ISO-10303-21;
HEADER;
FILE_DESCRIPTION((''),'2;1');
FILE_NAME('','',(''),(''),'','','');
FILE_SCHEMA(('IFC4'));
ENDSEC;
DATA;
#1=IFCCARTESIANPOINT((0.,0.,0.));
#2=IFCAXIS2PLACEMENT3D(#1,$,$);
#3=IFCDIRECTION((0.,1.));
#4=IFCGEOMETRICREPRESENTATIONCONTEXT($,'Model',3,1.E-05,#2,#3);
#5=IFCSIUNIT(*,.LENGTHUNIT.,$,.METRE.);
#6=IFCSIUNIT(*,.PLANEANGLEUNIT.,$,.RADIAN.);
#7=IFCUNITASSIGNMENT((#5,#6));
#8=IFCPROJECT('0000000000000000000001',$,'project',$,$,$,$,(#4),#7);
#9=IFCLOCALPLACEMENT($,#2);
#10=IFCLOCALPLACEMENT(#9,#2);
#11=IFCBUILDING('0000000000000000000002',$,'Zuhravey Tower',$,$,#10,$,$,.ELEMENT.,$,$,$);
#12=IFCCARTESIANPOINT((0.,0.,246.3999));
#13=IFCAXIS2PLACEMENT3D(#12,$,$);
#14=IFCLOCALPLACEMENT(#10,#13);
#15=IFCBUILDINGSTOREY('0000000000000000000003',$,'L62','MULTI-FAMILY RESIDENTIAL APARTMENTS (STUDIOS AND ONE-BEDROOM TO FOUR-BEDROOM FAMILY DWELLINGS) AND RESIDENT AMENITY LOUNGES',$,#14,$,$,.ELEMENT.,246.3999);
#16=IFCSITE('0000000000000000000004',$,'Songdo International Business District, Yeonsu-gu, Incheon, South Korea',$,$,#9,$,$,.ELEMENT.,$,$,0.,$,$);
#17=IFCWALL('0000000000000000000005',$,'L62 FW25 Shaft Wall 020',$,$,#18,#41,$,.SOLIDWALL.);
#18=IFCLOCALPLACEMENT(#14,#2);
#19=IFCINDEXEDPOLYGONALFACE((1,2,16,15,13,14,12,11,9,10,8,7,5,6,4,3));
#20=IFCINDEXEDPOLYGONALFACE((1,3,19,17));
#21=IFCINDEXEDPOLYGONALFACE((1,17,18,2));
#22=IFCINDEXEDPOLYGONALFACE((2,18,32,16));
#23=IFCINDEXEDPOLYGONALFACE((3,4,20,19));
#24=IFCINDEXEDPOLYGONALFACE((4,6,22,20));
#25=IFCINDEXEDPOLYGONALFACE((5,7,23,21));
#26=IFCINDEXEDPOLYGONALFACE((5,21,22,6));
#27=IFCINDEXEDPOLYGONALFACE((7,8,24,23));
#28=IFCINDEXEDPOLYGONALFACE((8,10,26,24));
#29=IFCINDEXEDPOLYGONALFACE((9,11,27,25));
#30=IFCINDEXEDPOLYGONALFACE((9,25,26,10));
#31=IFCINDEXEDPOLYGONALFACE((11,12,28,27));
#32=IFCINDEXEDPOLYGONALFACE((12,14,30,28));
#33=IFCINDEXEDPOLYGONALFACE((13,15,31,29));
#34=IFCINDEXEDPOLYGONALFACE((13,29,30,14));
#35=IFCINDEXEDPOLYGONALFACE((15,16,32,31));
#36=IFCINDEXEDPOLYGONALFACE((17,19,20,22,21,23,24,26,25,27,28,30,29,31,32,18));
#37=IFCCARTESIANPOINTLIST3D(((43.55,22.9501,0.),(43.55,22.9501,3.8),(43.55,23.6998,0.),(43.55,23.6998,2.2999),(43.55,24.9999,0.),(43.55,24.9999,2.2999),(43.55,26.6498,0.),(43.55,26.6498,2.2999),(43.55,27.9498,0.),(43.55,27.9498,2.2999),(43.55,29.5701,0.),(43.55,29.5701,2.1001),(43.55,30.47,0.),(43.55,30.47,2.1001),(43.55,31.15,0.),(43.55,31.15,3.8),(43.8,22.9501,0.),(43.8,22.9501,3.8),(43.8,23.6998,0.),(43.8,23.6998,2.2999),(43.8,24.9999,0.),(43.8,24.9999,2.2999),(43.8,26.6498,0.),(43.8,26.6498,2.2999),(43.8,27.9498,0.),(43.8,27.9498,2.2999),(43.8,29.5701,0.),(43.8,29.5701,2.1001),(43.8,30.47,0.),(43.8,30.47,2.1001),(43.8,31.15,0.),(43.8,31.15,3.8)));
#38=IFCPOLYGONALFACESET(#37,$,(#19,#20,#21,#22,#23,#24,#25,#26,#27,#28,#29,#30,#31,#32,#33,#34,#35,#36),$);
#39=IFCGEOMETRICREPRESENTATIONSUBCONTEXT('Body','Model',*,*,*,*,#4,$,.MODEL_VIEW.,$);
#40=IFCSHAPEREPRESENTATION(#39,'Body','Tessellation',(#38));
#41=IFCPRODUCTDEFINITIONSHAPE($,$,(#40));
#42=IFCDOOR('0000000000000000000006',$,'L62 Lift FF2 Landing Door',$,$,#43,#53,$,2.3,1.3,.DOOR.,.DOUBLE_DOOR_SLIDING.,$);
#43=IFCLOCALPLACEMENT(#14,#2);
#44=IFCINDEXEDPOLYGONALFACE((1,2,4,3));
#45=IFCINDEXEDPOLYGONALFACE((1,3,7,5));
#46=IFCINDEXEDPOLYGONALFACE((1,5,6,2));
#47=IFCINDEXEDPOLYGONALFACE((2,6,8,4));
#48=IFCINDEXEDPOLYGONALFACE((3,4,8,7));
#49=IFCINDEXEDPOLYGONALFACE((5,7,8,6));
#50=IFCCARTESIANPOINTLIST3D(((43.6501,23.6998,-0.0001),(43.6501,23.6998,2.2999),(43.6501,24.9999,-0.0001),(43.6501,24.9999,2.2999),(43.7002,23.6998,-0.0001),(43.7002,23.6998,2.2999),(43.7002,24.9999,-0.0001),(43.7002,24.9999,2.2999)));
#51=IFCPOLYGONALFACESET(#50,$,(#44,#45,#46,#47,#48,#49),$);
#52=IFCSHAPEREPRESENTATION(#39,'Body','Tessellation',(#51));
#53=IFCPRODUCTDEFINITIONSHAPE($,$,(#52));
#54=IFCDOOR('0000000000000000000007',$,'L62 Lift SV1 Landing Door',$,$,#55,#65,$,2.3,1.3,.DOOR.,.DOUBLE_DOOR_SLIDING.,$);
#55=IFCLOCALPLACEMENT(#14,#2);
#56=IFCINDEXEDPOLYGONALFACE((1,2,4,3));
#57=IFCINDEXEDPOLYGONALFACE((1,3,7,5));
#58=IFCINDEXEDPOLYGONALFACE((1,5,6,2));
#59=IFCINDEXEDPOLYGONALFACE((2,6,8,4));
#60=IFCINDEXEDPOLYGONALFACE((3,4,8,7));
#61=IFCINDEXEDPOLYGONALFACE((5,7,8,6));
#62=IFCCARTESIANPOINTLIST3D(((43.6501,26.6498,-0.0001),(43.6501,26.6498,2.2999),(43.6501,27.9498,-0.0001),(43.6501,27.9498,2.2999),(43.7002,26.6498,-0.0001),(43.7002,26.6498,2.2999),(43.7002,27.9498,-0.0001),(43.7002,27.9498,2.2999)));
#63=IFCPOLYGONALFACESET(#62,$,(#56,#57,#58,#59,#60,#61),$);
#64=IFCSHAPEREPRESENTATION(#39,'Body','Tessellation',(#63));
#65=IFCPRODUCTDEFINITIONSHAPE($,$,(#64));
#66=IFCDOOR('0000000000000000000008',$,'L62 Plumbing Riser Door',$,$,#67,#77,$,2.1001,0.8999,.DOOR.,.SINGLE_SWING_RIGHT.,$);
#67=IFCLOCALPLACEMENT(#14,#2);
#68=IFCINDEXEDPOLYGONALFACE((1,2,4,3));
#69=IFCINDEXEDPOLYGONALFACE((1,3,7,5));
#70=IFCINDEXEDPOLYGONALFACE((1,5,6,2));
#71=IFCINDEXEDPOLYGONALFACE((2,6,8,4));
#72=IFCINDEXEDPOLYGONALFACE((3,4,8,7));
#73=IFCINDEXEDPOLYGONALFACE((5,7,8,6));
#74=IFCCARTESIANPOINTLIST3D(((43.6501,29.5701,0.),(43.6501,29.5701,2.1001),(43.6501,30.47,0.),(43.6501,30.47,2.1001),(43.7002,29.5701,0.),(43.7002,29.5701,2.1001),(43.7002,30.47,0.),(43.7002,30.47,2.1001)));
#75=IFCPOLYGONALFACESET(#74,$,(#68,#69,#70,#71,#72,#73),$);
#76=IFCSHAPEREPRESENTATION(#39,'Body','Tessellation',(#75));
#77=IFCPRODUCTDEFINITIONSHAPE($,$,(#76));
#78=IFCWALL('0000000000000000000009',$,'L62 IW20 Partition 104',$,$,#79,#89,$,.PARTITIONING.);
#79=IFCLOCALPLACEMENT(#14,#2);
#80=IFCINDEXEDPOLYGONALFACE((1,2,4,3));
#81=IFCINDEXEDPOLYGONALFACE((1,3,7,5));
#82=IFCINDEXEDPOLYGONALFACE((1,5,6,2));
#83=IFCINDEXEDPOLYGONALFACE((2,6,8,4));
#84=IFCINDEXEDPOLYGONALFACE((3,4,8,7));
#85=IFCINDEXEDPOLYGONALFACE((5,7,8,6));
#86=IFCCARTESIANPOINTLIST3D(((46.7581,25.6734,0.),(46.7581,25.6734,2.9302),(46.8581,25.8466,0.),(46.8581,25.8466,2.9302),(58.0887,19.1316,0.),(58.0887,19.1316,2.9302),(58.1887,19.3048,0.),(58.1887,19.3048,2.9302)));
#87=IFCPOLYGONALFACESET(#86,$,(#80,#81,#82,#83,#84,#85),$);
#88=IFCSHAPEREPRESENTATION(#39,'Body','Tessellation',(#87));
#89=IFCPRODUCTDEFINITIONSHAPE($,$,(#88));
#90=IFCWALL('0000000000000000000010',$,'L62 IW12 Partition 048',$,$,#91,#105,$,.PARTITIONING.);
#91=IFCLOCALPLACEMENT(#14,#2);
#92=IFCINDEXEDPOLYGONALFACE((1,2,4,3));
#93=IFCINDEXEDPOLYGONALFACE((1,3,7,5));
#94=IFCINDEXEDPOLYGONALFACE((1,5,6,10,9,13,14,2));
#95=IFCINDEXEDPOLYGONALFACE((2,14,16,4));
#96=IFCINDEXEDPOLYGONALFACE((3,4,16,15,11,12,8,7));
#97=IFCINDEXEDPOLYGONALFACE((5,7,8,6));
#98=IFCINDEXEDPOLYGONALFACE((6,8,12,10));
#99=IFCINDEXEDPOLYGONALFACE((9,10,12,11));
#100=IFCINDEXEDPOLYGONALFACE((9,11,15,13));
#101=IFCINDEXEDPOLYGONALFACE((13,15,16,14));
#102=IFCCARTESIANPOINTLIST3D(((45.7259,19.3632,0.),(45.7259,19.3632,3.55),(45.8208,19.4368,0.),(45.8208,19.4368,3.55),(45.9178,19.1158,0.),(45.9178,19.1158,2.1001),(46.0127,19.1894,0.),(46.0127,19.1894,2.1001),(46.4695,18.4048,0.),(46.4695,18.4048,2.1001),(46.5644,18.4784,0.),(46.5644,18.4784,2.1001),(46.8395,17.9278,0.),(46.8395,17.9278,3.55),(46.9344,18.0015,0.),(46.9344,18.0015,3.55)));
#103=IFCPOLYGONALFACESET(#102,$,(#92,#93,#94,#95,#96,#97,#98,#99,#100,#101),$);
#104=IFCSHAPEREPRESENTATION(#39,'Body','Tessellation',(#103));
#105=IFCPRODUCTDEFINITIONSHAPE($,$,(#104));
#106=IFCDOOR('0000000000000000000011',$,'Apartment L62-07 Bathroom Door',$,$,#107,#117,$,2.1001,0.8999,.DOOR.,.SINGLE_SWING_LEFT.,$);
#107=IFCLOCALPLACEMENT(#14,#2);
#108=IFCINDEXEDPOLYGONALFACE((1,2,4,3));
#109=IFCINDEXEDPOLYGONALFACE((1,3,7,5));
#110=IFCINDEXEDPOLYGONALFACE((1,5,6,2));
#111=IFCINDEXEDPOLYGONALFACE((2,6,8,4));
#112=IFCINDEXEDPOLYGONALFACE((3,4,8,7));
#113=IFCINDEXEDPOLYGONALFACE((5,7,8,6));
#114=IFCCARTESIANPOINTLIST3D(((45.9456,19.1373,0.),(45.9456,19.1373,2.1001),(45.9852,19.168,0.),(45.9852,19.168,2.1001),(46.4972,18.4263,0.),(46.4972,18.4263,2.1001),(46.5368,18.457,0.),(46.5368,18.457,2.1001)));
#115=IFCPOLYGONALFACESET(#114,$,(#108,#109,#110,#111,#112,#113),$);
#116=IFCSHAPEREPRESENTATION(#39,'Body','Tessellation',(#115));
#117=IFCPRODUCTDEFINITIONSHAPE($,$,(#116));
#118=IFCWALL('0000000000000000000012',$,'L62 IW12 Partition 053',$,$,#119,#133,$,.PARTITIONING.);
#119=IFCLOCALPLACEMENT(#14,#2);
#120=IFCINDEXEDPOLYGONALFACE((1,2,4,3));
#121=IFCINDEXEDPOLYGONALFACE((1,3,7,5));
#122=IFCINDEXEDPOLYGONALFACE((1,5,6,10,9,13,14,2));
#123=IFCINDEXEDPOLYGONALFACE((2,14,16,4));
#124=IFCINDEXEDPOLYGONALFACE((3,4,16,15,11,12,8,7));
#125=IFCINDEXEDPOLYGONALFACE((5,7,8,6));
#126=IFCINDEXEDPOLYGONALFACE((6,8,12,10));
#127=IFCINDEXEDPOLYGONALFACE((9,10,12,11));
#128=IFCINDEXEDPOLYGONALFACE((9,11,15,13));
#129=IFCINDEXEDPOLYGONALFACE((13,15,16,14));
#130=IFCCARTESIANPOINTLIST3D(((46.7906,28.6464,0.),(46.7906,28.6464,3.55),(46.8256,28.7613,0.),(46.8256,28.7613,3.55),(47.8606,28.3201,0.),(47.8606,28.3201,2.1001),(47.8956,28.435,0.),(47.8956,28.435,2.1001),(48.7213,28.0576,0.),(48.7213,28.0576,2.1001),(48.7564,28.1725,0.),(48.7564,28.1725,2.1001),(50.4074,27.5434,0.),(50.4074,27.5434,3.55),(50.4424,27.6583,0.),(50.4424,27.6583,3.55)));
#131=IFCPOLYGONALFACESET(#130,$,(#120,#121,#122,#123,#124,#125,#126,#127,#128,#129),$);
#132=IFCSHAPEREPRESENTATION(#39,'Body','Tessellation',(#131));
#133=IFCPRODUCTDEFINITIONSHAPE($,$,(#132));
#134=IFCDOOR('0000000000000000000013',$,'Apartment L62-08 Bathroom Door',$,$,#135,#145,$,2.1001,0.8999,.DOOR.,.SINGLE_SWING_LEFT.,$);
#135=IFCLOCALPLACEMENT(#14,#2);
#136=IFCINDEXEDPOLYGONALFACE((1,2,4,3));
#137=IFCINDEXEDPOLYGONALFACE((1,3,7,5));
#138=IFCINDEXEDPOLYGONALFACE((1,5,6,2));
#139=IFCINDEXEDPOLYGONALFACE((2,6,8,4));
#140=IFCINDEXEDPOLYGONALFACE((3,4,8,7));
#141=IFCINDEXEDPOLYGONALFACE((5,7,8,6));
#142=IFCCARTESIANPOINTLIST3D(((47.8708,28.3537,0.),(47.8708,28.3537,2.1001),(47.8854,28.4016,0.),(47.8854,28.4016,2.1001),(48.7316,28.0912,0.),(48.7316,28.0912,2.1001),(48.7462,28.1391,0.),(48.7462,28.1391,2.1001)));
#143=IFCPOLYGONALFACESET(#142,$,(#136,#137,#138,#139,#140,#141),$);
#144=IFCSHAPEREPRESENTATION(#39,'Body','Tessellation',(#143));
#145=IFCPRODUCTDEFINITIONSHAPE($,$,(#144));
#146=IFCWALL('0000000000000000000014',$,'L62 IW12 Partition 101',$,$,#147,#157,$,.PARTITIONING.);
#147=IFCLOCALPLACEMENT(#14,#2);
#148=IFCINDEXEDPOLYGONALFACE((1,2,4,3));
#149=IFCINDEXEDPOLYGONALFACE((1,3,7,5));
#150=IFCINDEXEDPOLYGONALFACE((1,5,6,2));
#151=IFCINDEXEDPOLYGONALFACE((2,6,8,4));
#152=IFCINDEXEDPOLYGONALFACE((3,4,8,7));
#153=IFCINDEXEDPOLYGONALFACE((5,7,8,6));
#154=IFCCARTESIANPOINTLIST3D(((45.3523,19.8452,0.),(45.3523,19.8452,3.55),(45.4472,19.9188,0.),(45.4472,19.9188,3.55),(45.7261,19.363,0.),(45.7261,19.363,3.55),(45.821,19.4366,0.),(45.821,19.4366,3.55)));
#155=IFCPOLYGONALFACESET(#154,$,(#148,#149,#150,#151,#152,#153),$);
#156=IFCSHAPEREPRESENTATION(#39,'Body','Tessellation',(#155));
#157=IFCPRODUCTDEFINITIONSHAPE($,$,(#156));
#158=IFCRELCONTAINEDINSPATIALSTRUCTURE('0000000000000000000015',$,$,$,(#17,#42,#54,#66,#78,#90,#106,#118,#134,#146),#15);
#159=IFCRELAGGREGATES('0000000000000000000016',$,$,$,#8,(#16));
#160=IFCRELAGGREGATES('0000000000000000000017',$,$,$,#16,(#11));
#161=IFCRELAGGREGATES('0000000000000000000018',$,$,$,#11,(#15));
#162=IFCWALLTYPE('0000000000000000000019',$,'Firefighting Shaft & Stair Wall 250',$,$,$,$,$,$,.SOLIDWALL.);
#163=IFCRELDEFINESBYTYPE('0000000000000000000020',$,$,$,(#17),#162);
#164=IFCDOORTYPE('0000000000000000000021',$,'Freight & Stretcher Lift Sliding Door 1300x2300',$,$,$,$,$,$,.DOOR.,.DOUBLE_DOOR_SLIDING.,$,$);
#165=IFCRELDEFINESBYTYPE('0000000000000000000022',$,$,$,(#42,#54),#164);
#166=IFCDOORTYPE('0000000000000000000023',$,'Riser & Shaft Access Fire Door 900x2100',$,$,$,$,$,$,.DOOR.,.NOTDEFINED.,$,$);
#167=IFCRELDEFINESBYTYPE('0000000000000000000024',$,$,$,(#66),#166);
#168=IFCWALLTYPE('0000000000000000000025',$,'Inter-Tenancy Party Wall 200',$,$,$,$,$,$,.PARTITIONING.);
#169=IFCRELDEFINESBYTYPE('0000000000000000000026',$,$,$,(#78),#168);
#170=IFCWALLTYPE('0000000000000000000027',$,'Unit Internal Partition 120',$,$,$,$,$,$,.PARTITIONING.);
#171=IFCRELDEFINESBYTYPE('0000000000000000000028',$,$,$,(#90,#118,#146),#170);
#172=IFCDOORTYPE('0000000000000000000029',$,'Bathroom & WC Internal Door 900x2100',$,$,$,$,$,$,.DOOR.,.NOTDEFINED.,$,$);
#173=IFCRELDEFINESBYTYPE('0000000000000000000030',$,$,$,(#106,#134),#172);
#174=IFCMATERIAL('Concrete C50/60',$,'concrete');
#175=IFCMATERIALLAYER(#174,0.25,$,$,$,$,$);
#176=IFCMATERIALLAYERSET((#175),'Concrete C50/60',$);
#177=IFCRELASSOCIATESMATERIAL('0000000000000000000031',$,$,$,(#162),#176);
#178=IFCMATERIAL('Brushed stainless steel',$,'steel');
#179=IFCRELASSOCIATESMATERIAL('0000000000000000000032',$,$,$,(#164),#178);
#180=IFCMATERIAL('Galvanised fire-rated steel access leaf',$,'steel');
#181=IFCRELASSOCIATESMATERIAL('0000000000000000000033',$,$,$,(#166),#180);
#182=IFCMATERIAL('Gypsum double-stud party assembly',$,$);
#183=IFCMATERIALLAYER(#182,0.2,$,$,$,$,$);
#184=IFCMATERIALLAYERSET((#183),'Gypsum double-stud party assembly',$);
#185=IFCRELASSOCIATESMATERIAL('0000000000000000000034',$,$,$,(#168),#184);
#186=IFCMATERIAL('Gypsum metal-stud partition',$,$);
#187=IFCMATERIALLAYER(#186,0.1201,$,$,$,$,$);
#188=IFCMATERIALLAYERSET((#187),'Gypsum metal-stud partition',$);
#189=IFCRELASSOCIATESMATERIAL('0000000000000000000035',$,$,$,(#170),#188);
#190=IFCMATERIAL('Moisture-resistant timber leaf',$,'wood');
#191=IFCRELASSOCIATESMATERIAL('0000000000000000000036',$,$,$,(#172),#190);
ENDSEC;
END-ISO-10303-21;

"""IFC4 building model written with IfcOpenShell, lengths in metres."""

from ifc_helpers import new_model, si_unit, direction, frame, frame_2d, origin, place, context, subcontext, project, spatial, rectangle, extrude, material, layer, layer_set, type_object, element, fill, save


model = new_model("IFC4")

# Units and contexts
model_context = context("Model", 3, precision=1e-05, world=origin(), true_north=direction((0.0, 1.0)))
body_context = subcontext(model_context, "Body", "Model", "MODEL_VIEW")
ifc_project = project(units=[si_unit("LENGTHUNIT", "METRE"), si_unit("PLANEANGLEUNIT", "RADIAN")], contexts=[model_context])

# Site, building, storey
site_placement = place(None, origin())
site = spatial("IfcSite", under=ifc_project, at=site_placement, Name="Songdo International Business District, Yeonsu-gu, Incheon, South Korea", CompositionType="ELEMENT", RefElevation=0.0)
building_placement = place(site_placement, origin())
building = spatial("IfcBuilding", under=site, at=building_placement, Name="Zuhravey Tower", CompositionType="ELEMENT")
storey_placement = place(building_placement, frame((0.0, 0.0, 246.3999)))
storey = spatial("IfcBuildingStorey", under=building, at=storey_placement, Name="L62", Description="MULTI-FAMILY RESIDENTIAL APARTMENTS (STUDIOS AND ONE-BEDROOM TO FOUR-BEDROOM FAMILY DWELLINGS) AND RESIDENT AMENITY LOUNGES", CompositionType="ELEMENT", Elevation=246.3999)

# Shared definitions
ifc_material_1 = material(Name="Concrete C50/60", Category="concrete")

# Shared definitions
ifc_layer_1 = layer(ifc_material_1, 0.25)
ifc_layer_set_1 = layer_set([ifc_layer_1], Name="Concrete C50/60")
wall_type_1 = type_object("IfcWallType", Name="Firefighting Shaft & Stair Wall 250", PredefinedType="SOLIDWALL", material=ifc_layer_set_1)

# Wall, openings, doors
wall_1_placement = place(storey_placement, frame((43.675, 22.95, 0.0), z_axis=(0.0, 0.0, 1.0), x_axis=(0.0, 1.0, 0.0)))
wall_1 = element("IfcWall", 1, at=wall_1_placement, inside=storey, type_object=wall_type_1, Name="L62 FW25 Shaft Wall 020", PredefinedType="SOLIDWALL", context=body_context, shape_type="SweptSolid", body=[
    extrude(rectangle(XDim=8.2, YDim=0.25, at=frame_2d((4.1001, 0.0))), origin(), (0.0, 0.0, 1.0), 3.8),
])
opening_1_placement = place(wall_1_placement, frame((0.75, 0.0, 0.0)))
opening_1 = element("IfcOpeningElement", 2, at=opening_1_placement, cuts=wall_1, PredefinedType="OPENING", context=body_context, shape_type="SweptSolid", body=[
    extrude(rectangle(XDim=1.3, YDim=2.3, at=frame_2d((0.6499, 1.1499))), frame((0.0, 0.137, 0.0), z_axis=(0.0, -1.0, 0.0), x_axis=(1.0, 0.0, 0.0)), (0.0, 0.0, 1.0), 0.2739),
])
opening_2_placement = place(wall_1_placement, frame((3.7, 0.0, 0.0)))
opening_2 = element("IfcOpeningElement", 3, at=opening_2_placement, cuts=wall_1, PredefinedType="OPENING", context=body_context, shape_type="SweptSolid", body=[
    extrude(rectangle(XDim=1.3, YDim=2.3, at=frame_2d((0.6499, 1.1499))), frame((0.0, 0.137, 0.0), z_axis=(0.0, -1.0, 0.0), x_axis=(1.0, 0.0, 0.0)), (0.0, 0.0, 1.0), 0.2739),
])
opening_3_placement = place(wall_1_placement, frame((6.6201, 0.0, 0.0)))
opening_3 = element("IfcOpeningElement", 4, at=opening_3_placement, cuts=wall_1, PredefinedType="OPENING", context=body_context, shape_type="SweptSolid", body=[
    extrude(rectangle(XDim=0.8999, YDim=2.1001, at=frame_2d((0.45, 1.05))), frame((0.0, 0.137, 0.0), z_axis=(0.0, -1.0, 0.0), x_axis=(1.0, 0.0, 0.0)), (0.0, 0.0, 1.0), 0.2739),
])
ifc_material_2 = material(Name="Brushed stainless steel", Category="steel")
door_type_1 = type_object("IfcDoorType", Name="Freight & Stretcher Lift Sliding Door 1300x2300", OperationType="DOUBLE_DOOR_SLIDING", PredefinedType="DOOR", material=ifc_material_2)
door_1_placement = place(opening_1_placement, origin())
door_1 = element("IfcDoor", 5, at=door_1_placement, inside=storey, type_object=door_type_1, Name="L62 Lift FF2 Landing Door", OperationType="DOUBLE_DOOR_SLIDING", OverallHeight=2.3, OverallWidth=1.3, PredefinedType="DOOR", context=body_context, shape_type="SweptSolid", body=[
    extrude(rectangle(XDim=1.3, YDim=2.3, at=frame_2d((0.6499, 1.1499))), frame((0.0, 0.0249, 0.0), z_axis=(0.0, -1.0, 0.0), x_axis=(1.0, 0.0, 0.0)), (0.0, 0.0, 1.0), 0.05),
])
fill(opening_1, door_1)
door_2_placement = place(opening_2_placement, origin())
door_2 = element("IfcDoor", 6, at=door_2_placement, inside=storey, type_object=door_type_1, Name="L62 Lift SV1 Landing Door", OperationType="DOUBLE_DOOR_SLIDING", OverallHeight=2.3, OverallWidth=1.3, PredefinedType="DOOR", context=body_context, shape_type="SweptSolid", body=[
    extrude(rectangle(XDim=1.3, YDim=2.3, at=frame_2d((0.6499, 1.1499))), frame((0.0, 0.0249, 0.0), z_axis=(0.0, -1.0, 0.0), x_axis=(1.0, 0.0, 0.0)), (0.0, 0.0, 1.0), 0.05),
])
fill(opening_2, door_2)
ifc_material_3 = material(Name="Galvanised fire-rated steel access leaf", Category="steel")
door_type_2 = type_object("IfcDoorType", Name="Riser & Shaft Access Fire Door 900x2100", OperationType="NOTDEFINED", PredefinedType="DOOR", material=ifc_material_3)
door_3_placement = place(opening_3_placement, origin())
door_3 = element("IfcDoor", 7, at=door_3_placement, inside=storey, type_object=door_type_2, Name="L62 Plumbing Riser Door", OperationType="SINGLE_SWING_RIGHT", OverallHeight=2.1001, OverallWidth=0.8999, PredefinedType="DOOR", context=body_context, shape_type="SweptSolid", body=[
    extrude(rectangle(XDim=0.8999, YDim=2.1001, at=frame_2d((0.45, 1.05))), frame((0.0, 0.0249, 0.0), z_axis=(0.0, -1.0, 0.0), x_axis=(1.0, 0.0, 0.0)), (0.0, 0.0, 1.0), 0.05),
])
fill(opening_3, door_3)

# Wall
ifc_material_4 = material(Name="Gypsum double-stud party assembly")
ifc_layer_2 = layer(ifc_material_4, 0.2)
ifc_layer_set_2 = layer_set([ifc_layer_2], Name="Gypsum double-stud party assembly")
wall_type_2 = type_object("IfcWallType", Name="Inter-Tenancy Party Wall 200", PredefinedType="PARTITIONING", material=ifc_layer_set_2)
wall_2_placement = place(storey_placement, frame((46.8081, 25.76, 0.0), z_axis=(0.0, 0.0, 1.0), x_axis=(0.866024, -0.500002, 0.0)))
element("IfcWall", 8, at=wall_2_placement, inside=storey, type_object=wall_type_2, Name="L62 IW20 Partition 104", PredefinedType="PARTITIONING", context=body_context, shape_type="SweptSolid", body=[
    extrude(rectangle(XDim=13.0835, YDim=0.2, at=frame_2d((6.5417, 0.0))), origin(), (0.0, 0.0, 1.0), 2.9302),
])

# Walls, openings, doors
ifc_material_5 = material(Name="Gypsum metal-stud partition")
ifc_layer_3 = layer(ifc_material_5, 0.1201)
ifc_layer_set_3 = layer_set([ifc_layer_3], Name="Gypsum metal-stud partition")
wall_type_3 = type_object("IfcWallType", Name="Unit Internal Partition 120", PredefinedType="PARTITIONING", material=ifc_layer_set_3)
wall_3_placement = place(storey_placement, frame((45.7734, 19.3999, 0.0), z_axis=(0.0, 0.0, 1.0), x_axis=(0.612973, -0.790104, 0.0)))
wall_3 = element("IfcWall", 9, at=wall_3_placement, inside=storey, type_object=wall_type_3, Name="L62 IW12 Partition 048", PredefinedType="PARTITIONING", context=body_context, shape_type="SweptSolid", body=[
    extrude(rectangle(XDim=1.8167, YDim=0.1201, at=frame_2d((0.9082, 0.0))), origin(), (0.0, 0.0, 1.0), 3.55),
])
opening_4_placement = place(wall_3_placement, frame((0.313, 0.0, 0.0)))
opening_4 = element("IfcOpeningElement", 10, at=opening_4_placement, cuts=wall_3, PredefinedType="OPENING", context=body_context, shape_type="SweptSolid", body=[
    extrude(rectangle(XDim=0.8999, YDim=2.1001, at=frame_2d((0.45, 1.05))), frame((0.0, 0.072, 0.0), z_axis=(0.0, -1.0, 0.0), x_axis=(1.0, 0.0, 0.0)), (0.0, 0.0, 1.0), 0.144),
])
ifc_material_6 = material(Name="Moisture-resistant timber leaf", Category="wood")
door_type_3 = type_object("IfcDoorType", Name="Bathroom & WC Internal Door 900x2100", OperationType="NOTDEFINED", PredefinedType="DOOR", material=ifc_material_6)
door_4_placement = place(opening_4_placement, frame((0.8999, 0.0, 0.0), z_axis=(0.0, 0.0, 1.0), x_axis=(-1.0, 0.0, 0.0)))
door_4 = element("IfcDoor", 11, at=door_4_placement, inside=storey, type_object=door_type_3, Name="Apartment L62-07 Bathroom Door", OperationType="SINGLE_SWING_LEFT", OverallHeight=2.1001, OverallWidth=0.8999, PredefinedType="DOOR", context=body_context, shape_type="SweptSolid", body=[
    extrude(rectangle(XDim=0.8999, YDim=2.1001, at=frame_2d((0.45, 1.05))), frame((0.0, 0.0249, 0.0), z_axis=(0.0, -1.0, 0.0), x_axis=(1.0, 0.0, 0.0)), (0.0, 0.0, 1.0), 0.05),
])
fill(opening_4, door_4)
wall_4_placement = place(storey_placement, frame((46.8081, 28.7039, 0.0), z_axis=(0.0, 0.0, 1.0), x_axis=(0.956505, -0.291717, 0.0)))
wall_4 = element("IfcWall", 12, at=wall_4_placement, inside=storey, type_object=wall_type_3, Name="L62 IW12 Partition 053", PredefinedType="PARTITIONING", context=body_context, shape_type="SweptSolid", body=[
    extrude(rectangle(XDim=3.7812, YDim=0.1201, at=frame_2d((1.8906, 0.0))), origin(), (0.0, 0.0, 1.0), 3.55),
])
opening_5_placement = place(wall_4_placement, frame((1.1187, 0.0, 0.0)))
opening_5 = element("IfcOpeningElement", 13, at=opening_5_placement, cuts=wall_4, PredefinedType="OPENING", context=body_context, shape_type="SweptSolid", body=[
    extrude(rectangle(XDim=0.8999, YDim=2.1001, at=frame_2d((0.45, 1.05))), frame((0.0, 0.072, 0.0), z_axis=(0.0, -1.0, 0.0), x_axis=(1.0, 0.0, 0.0)), (0.0, 0.0, 1.0), 0.144),
])
door_5_placement = place(opening_5_placement, frame((0.8999, 0.0, 0.0), z_axis=(0.0, 0.0, 1.0), x_axis=(-1.0, 0.0, 0.0)))
door_5 = element("IfcDoor", 14, at=door_5_placement, inside=storey, type_object=door_type_3, Name="Apartment L62-08 Bathroom Door", OperationType="SINGLE_SWING_LEFT", OverallHeight=2.1001, OverallWidth=0.8999, PredefinedType="DOOR", context=body_context, shape_type="SweptSolid", body=[
    extrude(rectangle(XDim=0.8999, YDim=2.1001, at=frame_2d((0.45, 1.05))), frame((0.0, 0.0249, 0.0), z_axis=(0.0, -1.0, 0.0), x_axis=(1.0, 0.0, 0.0)), (0.0, 0.0, 1.0), 0.05),
])
fill(opening_5, door_5)

# Wall
wall_5_placement = place(storey_placement, frame((45.3997, 19.8821, 0.0), z_axis=(0.0, 0.0, 1.0), x_axis=(0.612665, -0.790342, 0.0)))
element("IfcWall", 15, at=wall_5_placement, inside=storey, type_object=wall_type_3, Name="L62 IW12 Partition 101", PredefinedType="PARTITIONING", context=body_context, shape_type="SweptSolid", body=[
    extrude(rectangle(XDim=0.6101, YDim=0.1201, at=frame_2d((0.3052, 0.0))), origin(), (0.0, 0.0, 1.0), 3.55),
])

save(model, "model.ifc")
